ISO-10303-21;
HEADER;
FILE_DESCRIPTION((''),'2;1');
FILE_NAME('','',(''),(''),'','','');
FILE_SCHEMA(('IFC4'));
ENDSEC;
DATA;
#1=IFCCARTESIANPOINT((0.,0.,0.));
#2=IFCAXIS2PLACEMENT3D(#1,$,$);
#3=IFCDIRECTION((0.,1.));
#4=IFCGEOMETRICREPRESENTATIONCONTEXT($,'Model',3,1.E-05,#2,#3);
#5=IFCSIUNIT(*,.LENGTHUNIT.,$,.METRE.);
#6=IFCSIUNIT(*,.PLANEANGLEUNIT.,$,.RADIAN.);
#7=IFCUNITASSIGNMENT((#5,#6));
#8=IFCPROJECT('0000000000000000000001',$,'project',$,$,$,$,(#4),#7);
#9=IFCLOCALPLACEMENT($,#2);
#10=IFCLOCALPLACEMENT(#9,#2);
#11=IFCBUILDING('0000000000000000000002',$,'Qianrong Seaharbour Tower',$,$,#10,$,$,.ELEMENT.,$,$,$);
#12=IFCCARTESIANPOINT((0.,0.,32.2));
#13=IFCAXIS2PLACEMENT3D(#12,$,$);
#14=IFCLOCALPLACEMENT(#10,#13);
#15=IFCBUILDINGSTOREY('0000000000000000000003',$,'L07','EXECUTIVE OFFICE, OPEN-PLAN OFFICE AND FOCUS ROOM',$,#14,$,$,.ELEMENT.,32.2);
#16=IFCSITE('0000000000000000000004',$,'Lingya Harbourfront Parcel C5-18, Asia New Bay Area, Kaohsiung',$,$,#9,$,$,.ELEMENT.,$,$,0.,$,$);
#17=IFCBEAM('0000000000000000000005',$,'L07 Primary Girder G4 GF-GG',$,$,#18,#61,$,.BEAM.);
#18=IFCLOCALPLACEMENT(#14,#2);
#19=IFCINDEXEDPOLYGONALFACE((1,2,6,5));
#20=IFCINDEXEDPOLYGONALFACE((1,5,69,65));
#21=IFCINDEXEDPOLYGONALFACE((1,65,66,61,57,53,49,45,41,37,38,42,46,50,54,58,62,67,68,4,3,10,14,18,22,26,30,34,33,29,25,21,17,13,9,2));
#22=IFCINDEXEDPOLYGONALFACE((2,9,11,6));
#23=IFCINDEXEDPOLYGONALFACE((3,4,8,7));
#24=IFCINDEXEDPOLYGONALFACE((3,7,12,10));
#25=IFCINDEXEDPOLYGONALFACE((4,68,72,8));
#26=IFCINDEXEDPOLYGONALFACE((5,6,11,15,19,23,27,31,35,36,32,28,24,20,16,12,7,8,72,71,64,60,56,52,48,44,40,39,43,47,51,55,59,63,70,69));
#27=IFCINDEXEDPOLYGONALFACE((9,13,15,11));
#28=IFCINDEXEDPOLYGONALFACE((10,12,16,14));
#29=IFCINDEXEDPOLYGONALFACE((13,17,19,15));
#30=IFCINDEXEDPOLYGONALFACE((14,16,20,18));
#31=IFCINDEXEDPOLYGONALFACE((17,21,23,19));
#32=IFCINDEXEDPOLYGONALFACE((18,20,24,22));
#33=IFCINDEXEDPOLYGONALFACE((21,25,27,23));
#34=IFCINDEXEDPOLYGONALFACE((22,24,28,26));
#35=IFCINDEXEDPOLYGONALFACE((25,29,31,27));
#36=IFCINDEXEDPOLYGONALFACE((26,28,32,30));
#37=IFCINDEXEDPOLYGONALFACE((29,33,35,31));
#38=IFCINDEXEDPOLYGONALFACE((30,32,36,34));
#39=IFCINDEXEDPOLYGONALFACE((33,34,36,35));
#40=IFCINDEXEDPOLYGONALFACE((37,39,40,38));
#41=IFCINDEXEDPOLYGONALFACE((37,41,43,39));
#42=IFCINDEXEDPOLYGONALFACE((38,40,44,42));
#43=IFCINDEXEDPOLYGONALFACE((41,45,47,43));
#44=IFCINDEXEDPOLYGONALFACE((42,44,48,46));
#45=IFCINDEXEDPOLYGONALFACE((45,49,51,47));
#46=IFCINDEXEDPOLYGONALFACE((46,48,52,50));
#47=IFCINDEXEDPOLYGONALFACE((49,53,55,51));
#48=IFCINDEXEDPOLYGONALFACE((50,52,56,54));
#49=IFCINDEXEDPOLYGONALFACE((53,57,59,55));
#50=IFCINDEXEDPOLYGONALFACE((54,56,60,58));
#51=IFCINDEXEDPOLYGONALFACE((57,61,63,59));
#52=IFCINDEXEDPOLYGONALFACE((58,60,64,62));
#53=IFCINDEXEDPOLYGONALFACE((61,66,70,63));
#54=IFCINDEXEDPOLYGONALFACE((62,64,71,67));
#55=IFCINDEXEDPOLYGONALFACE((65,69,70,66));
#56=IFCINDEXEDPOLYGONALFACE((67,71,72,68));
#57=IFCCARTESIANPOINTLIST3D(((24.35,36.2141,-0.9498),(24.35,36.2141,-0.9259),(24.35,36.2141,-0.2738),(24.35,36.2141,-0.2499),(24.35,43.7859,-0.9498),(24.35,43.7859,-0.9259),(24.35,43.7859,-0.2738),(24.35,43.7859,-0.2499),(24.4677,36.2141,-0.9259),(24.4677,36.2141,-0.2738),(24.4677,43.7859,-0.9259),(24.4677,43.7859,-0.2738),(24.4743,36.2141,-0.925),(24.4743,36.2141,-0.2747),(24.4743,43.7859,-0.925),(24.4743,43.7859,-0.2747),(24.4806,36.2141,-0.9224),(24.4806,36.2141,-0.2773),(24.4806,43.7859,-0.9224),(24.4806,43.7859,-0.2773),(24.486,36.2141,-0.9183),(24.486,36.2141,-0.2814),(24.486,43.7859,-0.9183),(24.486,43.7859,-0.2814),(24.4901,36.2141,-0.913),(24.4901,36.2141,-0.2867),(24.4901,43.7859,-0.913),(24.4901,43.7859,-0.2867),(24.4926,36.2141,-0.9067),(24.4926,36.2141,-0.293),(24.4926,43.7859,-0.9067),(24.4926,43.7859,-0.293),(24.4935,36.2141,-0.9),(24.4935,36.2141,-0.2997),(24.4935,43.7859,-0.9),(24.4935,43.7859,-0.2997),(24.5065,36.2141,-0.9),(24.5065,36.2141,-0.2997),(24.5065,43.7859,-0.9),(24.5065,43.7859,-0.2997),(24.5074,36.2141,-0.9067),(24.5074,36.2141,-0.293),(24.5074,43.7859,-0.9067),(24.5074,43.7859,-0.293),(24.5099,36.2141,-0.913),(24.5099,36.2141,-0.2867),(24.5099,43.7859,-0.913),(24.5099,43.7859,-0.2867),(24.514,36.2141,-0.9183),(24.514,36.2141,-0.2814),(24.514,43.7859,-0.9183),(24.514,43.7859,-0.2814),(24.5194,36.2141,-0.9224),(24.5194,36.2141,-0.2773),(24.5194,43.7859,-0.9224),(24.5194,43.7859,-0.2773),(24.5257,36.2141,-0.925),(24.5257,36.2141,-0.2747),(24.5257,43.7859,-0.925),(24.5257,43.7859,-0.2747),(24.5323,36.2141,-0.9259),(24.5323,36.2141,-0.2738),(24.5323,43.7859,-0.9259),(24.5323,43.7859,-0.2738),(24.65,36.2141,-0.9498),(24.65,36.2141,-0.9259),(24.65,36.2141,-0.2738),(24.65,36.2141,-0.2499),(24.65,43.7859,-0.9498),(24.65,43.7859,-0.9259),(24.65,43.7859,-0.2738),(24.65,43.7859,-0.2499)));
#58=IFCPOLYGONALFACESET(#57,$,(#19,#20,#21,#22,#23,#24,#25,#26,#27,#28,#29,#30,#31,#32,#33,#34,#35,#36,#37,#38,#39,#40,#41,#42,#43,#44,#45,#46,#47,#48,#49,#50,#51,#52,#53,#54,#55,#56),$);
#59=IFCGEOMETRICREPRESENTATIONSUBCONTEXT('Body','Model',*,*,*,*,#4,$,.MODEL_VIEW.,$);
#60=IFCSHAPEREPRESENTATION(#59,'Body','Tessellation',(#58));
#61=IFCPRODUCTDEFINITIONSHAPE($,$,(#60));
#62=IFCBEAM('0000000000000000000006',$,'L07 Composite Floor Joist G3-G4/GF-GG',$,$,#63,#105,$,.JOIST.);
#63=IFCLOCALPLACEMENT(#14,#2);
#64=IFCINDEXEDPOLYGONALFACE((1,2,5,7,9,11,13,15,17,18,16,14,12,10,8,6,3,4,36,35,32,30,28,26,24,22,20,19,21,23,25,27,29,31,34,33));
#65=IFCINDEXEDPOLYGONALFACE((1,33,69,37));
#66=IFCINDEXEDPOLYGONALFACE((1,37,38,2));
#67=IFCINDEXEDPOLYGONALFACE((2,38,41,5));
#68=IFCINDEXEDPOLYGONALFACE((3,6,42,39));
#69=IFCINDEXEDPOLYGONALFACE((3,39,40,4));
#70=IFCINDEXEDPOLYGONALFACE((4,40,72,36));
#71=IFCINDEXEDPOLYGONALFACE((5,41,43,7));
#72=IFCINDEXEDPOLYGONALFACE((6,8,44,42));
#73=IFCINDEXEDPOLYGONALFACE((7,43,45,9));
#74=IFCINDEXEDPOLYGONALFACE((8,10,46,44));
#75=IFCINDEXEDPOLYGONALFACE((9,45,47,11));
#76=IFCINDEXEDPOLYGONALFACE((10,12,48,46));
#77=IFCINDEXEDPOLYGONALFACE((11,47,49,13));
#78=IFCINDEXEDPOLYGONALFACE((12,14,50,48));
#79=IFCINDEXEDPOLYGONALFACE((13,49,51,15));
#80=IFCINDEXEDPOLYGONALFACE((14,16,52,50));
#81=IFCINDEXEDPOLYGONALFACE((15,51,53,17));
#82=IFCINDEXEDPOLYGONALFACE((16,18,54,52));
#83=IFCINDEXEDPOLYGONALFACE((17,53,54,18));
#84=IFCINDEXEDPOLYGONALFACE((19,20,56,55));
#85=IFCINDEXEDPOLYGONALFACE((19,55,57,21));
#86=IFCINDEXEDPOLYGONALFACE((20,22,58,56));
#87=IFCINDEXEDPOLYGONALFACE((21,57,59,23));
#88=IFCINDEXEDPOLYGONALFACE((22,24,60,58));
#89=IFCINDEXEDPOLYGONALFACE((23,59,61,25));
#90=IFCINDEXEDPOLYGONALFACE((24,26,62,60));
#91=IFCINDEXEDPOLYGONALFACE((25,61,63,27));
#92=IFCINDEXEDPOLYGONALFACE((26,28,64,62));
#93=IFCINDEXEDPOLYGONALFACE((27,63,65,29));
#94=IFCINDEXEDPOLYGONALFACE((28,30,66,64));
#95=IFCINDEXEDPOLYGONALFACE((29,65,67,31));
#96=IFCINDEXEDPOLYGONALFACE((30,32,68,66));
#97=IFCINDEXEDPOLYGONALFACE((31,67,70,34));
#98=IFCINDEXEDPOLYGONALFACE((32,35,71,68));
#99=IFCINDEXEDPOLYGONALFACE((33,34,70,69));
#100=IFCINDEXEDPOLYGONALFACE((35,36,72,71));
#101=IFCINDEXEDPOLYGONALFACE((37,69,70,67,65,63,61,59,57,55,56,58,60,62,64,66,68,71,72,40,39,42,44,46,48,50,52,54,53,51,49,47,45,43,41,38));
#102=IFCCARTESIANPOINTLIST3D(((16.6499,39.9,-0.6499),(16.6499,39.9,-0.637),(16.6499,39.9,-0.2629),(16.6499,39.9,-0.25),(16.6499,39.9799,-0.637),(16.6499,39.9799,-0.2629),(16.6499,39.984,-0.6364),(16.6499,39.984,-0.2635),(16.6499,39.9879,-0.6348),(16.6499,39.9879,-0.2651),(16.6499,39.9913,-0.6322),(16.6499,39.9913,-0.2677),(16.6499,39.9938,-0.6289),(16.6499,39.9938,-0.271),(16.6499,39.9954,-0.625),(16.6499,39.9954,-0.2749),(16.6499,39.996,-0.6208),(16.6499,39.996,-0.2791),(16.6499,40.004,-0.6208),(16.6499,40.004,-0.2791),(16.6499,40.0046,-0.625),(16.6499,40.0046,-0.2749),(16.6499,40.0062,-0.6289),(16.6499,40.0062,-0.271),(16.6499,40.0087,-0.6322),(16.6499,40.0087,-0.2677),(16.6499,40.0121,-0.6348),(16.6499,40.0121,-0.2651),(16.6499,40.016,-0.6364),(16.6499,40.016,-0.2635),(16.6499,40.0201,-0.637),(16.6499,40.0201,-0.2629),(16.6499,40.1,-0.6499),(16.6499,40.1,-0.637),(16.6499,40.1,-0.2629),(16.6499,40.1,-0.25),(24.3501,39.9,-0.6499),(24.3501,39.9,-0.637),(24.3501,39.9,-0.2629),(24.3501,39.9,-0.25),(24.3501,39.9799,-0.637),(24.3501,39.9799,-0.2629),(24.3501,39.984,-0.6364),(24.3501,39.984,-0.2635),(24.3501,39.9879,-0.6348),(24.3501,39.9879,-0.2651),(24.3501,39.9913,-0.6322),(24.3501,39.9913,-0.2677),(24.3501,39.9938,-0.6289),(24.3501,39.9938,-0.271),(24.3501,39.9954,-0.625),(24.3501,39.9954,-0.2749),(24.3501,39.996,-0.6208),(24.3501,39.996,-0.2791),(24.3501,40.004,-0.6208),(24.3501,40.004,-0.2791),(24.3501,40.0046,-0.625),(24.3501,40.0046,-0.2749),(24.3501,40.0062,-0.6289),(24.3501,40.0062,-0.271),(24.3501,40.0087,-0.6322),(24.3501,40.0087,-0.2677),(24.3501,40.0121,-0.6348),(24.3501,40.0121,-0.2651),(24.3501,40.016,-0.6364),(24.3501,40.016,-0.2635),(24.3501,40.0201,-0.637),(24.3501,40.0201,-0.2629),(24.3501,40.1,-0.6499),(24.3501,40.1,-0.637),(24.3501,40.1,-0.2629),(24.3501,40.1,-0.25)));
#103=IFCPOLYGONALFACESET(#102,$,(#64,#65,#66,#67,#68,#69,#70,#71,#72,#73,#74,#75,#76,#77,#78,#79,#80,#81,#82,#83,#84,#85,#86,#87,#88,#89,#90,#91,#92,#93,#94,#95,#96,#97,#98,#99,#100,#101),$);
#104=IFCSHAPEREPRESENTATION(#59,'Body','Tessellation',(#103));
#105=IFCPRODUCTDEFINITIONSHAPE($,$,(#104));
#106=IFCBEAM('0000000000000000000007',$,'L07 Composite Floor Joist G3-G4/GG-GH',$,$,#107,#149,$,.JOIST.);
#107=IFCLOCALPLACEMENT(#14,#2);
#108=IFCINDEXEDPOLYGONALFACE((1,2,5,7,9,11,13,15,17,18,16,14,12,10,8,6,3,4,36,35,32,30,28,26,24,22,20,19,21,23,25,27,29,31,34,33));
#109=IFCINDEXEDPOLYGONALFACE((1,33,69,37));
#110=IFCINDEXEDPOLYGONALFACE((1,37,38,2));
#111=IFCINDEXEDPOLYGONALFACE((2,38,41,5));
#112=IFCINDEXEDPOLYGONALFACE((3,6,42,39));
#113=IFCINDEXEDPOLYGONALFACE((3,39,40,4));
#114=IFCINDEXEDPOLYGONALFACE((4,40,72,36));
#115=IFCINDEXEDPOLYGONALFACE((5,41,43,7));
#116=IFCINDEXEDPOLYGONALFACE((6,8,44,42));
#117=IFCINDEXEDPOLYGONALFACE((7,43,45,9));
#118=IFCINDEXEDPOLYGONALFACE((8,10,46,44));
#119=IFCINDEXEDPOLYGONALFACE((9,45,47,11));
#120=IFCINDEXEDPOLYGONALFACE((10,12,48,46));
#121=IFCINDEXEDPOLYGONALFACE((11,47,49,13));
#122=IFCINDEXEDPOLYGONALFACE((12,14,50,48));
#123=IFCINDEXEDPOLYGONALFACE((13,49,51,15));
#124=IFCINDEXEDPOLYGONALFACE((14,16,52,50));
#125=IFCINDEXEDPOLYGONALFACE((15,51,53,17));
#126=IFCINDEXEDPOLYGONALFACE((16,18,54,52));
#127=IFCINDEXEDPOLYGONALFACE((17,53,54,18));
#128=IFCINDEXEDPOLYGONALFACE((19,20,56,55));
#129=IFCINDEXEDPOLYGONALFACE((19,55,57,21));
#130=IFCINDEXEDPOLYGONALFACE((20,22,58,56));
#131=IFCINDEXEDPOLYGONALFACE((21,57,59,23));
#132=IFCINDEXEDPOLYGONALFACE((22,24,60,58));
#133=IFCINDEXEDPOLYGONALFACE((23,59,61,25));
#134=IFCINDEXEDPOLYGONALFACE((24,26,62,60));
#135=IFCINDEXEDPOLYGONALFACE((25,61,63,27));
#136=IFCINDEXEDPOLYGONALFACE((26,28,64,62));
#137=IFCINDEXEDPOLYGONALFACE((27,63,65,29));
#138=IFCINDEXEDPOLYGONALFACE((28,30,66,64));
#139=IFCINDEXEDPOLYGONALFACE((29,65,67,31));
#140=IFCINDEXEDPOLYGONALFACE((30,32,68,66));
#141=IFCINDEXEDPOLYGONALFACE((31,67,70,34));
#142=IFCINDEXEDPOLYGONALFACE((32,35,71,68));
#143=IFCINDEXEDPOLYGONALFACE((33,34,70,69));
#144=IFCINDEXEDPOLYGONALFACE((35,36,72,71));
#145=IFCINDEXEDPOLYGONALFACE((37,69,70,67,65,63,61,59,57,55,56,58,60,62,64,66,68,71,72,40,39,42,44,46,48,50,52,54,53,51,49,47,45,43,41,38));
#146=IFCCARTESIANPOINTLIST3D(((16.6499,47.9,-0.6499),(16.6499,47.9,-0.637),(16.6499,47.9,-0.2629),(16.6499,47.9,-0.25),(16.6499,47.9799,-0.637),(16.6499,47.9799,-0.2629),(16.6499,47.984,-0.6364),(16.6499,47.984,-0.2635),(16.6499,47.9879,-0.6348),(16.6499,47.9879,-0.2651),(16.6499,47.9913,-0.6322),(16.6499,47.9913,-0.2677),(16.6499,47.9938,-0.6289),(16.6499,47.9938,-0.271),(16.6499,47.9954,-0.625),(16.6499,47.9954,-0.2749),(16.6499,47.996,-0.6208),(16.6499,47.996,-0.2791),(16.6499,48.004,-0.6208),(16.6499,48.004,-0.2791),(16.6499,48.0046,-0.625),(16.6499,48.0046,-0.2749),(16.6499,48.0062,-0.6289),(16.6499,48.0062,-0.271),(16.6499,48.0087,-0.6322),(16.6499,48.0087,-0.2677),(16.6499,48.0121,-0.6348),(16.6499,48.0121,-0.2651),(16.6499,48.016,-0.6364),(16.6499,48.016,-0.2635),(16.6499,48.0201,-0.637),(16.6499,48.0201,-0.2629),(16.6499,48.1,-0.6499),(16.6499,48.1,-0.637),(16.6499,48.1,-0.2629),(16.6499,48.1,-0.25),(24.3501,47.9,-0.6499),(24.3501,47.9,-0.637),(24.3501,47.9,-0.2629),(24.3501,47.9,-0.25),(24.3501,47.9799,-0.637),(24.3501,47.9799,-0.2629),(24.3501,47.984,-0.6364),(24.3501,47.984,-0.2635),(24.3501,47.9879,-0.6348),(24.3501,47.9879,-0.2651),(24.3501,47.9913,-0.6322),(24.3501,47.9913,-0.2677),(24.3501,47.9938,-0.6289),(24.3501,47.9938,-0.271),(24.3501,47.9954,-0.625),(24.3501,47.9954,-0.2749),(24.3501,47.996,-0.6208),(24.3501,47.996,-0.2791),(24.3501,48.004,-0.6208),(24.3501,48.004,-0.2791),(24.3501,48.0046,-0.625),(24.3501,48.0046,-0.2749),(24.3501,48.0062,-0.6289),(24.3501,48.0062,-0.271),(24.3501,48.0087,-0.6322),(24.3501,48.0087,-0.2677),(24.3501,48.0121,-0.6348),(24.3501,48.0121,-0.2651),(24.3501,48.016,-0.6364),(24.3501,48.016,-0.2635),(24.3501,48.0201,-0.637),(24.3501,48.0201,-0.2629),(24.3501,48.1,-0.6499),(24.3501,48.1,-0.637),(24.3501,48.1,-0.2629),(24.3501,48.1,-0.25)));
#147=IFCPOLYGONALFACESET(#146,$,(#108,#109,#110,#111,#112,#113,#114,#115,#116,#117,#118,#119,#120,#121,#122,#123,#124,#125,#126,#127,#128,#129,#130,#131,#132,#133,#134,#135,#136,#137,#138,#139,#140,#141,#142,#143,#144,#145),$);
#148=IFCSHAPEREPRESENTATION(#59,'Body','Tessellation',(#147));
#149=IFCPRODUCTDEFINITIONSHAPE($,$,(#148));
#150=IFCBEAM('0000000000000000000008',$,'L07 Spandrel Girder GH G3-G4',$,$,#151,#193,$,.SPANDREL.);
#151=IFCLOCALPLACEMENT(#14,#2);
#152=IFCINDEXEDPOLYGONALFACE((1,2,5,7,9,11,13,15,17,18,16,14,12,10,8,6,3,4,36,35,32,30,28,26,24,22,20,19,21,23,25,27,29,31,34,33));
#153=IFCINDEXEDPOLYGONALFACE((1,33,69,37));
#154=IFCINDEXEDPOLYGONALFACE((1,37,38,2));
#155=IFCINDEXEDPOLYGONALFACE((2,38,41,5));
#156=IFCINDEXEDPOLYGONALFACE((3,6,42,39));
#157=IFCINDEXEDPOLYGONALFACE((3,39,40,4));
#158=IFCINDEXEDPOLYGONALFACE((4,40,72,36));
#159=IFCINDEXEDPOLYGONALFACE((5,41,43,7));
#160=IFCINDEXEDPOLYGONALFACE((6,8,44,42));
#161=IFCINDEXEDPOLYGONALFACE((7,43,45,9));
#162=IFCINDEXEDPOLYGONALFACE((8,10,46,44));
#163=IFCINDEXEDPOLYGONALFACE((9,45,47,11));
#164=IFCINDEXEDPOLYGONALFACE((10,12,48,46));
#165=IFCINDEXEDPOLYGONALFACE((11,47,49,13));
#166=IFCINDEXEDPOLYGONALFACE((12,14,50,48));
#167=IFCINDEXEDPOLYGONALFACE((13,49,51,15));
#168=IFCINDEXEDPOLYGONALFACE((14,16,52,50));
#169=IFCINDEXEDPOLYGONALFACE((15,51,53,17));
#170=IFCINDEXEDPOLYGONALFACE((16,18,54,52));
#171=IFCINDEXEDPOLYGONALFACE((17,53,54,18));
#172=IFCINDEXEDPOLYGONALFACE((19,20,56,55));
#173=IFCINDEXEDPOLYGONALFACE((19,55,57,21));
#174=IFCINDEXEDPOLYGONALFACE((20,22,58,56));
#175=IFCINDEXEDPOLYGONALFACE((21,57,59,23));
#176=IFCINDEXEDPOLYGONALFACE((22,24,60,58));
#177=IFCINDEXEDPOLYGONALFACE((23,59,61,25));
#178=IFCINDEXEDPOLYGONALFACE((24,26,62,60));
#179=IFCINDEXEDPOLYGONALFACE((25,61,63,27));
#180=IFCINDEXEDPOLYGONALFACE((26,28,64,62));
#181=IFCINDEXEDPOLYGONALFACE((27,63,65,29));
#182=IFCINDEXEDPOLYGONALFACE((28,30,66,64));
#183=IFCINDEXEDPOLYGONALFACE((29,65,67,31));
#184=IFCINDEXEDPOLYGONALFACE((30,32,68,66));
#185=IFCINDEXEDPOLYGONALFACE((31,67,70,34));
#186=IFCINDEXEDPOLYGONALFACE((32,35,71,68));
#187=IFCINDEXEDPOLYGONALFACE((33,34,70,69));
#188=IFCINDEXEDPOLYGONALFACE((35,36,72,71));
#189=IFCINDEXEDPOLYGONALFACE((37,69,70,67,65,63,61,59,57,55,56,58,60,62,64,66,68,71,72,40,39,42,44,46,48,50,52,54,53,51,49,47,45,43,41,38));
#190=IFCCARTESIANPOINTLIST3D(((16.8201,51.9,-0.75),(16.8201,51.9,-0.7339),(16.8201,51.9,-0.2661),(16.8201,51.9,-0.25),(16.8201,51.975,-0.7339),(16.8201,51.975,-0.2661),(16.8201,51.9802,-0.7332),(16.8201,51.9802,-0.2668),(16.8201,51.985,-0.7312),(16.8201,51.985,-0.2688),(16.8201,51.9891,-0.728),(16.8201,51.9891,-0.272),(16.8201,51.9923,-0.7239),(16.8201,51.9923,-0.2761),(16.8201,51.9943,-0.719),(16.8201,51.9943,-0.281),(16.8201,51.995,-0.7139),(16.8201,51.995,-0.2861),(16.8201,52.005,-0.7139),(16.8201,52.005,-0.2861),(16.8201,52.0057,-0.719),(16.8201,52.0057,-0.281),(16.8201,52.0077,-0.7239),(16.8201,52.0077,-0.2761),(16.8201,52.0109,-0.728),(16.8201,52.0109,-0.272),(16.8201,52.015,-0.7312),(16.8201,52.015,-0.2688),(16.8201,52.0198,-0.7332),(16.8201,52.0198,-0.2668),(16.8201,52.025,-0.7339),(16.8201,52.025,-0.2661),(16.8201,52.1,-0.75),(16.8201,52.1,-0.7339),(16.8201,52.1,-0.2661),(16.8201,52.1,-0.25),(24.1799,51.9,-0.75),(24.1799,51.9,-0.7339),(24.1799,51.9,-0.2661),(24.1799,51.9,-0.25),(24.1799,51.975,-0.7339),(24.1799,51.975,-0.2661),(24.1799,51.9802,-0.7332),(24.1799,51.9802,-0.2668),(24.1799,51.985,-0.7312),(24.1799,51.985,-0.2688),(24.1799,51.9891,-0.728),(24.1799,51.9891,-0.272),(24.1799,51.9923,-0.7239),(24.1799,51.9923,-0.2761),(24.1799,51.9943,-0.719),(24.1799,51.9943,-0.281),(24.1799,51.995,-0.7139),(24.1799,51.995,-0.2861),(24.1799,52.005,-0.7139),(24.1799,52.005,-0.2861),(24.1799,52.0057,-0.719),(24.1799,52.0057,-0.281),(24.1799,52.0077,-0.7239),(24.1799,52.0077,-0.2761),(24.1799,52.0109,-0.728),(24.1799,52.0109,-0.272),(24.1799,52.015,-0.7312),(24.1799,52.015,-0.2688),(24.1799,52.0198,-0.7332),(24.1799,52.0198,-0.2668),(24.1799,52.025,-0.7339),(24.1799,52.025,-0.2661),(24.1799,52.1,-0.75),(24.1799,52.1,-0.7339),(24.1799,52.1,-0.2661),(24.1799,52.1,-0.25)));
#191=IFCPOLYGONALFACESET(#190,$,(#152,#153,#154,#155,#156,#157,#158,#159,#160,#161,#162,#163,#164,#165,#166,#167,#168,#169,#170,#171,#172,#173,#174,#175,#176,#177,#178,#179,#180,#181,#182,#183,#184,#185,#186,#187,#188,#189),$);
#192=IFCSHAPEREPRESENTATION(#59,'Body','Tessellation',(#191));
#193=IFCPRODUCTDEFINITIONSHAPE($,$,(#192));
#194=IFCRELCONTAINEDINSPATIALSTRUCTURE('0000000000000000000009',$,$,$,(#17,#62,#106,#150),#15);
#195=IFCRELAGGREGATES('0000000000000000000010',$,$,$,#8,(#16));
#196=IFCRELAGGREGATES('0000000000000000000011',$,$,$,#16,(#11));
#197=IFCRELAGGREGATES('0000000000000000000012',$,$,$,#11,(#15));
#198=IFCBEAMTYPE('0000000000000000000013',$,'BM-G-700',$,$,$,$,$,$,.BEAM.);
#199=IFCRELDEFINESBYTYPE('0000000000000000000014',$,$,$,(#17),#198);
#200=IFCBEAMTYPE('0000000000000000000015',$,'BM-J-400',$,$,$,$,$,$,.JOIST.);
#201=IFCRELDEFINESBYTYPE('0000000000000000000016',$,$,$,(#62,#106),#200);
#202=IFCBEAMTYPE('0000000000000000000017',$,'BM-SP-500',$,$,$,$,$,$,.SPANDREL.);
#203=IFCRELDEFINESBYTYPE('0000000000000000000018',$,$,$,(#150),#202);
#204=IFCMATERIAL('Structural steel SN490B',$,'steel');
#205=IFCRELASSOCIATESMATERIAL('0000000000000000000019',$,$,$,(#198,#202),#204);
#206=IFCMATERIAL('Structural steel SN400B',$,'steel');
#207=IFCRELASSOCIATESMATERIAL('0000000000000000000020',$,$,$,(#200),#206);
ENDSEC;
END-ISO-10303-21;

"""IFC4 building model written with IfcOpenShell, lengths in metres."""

from ifc_helpers import new_model, si_unit, direction, frame, origin, origin_2d, place, context, subcontext, project, spatial, i_section, extrude, material, material_profile, profile_set, type_object, element, save


model = new_model("IFC4")

# Units and contexts
model_context = context("Model", 3, precision=1e-05, world=origin(), true_north=direction((0.0, 1.0)))
body_context = subcontext(model_context, "Body", "Model", "MODEL_VIEW")
ifc_project = project(units=[si_unit("LENGTHUNIT", "METRE"), si_unit("PLANEANGLEUNIT", "RADIAN")], contexts=[model_context])

# Site, building, storey
site_placement = place(None, origin())
site = spatial("IfcSite", under=ifc_project, at=site_placement, Name="Lingya Harbourfront Parcel C5-18, Asia New Bay Area, Kaohsiung", CompositionType="ELEMENT", RefElevation=0.0)
building_placement = place(site_placement, origin())
building = spatial("IfcBuilding", under=site, at=building_placement, Name="Qianrong Seaharbour Tower", CompositionType="ELEMENT")
storey_placement = place(building_placement, frame((0.0, 0.0, 32.2)))
storey = spatial("IfcBuildingStorey", under=building, at=storey_placement, Name="L07", Description="EXECUTIVE OFFICE, OPEN-PLAN OFFICE AND FOCUS ROOM", CompositionType="ELEMENT", Elevation=32.2)

# Shared definitions
ifc_material_1 = material(Name="Structural steel SN490B", Category="steel")

# Beams
ifc_material_profile_1 = material_profile(ifc_material_1, i_section(OverallWidth=0.3, OverallDepth=0.7, WebThickness=0.0129, FlangeThickness=0.0239, FilletRadius=0.0259, at=origin_2d()), Name="H700x300x13x24")
ifc_profile_set_1 = profile_set([ifc_material_profile_1], Name="Structural steel SN490B")
beam_type_1 = type_object("IfcBeamType", Name="BM-G-700", PredefinedType="BEAM", material=ifc_profile_set_1)
beam_1_placement = place(storey_placement, frame((24.5, 36.2141, -0.5999), z_axis=(0.0, 1.0, 0.0), x_axis=(-1.0, 0.0, 0.0)))
element("IfcBeam", 1, at=beam_1_placement, inside=storey, type_object=beam_type_1, Name="L07 Primary Girder G4 GF-GG", PredefinedType="BEAM", context=body_context, shape_type="SweptSolid", body=[
    extrude(i_section(OverallWidth=0.3, OverallDepth=0.7, WebThickness=0.0129, FlangeThickness=0.0239, FilletRadius=0.0259, at=origin_2d()), origin(), (0.0, 0.0, 1.0), 7.5718),
])
ifc_material_2 = material(Name="Structural steel SN400B", Category="steel")
ifc_material_profile_2 = material_profile(ifc_material_2, i_section(OverallWidth=0.2, OverallDepth=0.3999, WebThickness=0.0081, FlangeThickness=0.0129, FilletRadius=0.0161, at=origin_2d()), Name="H400x200x8x13")
ifc_profile_set_2 = profile_set([ifc_material_profile_2], Name="Structural steel SN400B")
beam_type_2 = type_object("IfcBeamType", Name="BM-J-400", PredefinedType="JOIST", material=ifc_profile_set_2)
for number, where, z_axis, x_axis, name in (
    (2, (16.6499, 40.0, -0.45), (1.0, 0.0, 0.0), (0.0, 1.0, 0.0), "L07 Composite Floor Joist G3-G4/GF-GG"),
    (3, (16.6499, 48.0, -0.45), (1.0, 0.0, 0.0), (0.0, 1.0, 0.0), "L07 Composite Floor Joist G3-G4/GG-GH"),
):
    element("IfcBeam", number, at=place(storey_placement, frame(where, z_axis=z_axis, x_axis=x_axis)), inside=storey, type_object=beam_type_2, Name=name, PredefinedType="JOIST", context=body_context, shape_type="SweptSolid", body=[
        extrude(i_section(OverallWidth=0.2, OverallDepth=0.3999, WebThickness=0.0081, FlangeThickness=0.0129, FilletRadius=0.0161, at=origin_2d()), origin(), (0.0, 0.0, 1.0), 7.7002),
    ])
ifc_material_profile_3 = material_profile(ifc_material_1, i_section(OverallWidth=0.2, OverallDepth=0.5, WebThickness=0.01, FlangeThickness=0.0161, FilletRadius=0.02, at=origin_2d()), Name="H500x200x10x16")
ifc_profile_set_3 = profile_set([ifc_material_profile_3], Name="Structural steel SN490B")
beam_type_3 = type_object("IfcBeamType", Name="BM-SP-500", PredefinedType="SPANDREL", material=ifc_profile_set_3)
beam_2_placement = place(storey_placement, frame((16.8201, 52.0, -0.5), z_axis=(1.0, 0.0, 0.0), x_axis=(0.0, 1.0, 0.0)))
element("IfcBeam", 4, at=beam_2_placement, inside=storey, type_object=beam_type_3, Name="L07 Spandrel Girder GH G3-G4", PredefinedType="SPANDREL", context=body_context, shape_type="SweptSolid", body=[
    extrude(i_section(OverallWidth=0.2, OverallDepth=0.5, WebThickness=0.01, FlangeThickness=0.0161, FilletRadius=0.02, at=origin_2d()), origin(), (0.0, 0.0, 1.0), 7.3599),
])

save(model, "model.ifc")
